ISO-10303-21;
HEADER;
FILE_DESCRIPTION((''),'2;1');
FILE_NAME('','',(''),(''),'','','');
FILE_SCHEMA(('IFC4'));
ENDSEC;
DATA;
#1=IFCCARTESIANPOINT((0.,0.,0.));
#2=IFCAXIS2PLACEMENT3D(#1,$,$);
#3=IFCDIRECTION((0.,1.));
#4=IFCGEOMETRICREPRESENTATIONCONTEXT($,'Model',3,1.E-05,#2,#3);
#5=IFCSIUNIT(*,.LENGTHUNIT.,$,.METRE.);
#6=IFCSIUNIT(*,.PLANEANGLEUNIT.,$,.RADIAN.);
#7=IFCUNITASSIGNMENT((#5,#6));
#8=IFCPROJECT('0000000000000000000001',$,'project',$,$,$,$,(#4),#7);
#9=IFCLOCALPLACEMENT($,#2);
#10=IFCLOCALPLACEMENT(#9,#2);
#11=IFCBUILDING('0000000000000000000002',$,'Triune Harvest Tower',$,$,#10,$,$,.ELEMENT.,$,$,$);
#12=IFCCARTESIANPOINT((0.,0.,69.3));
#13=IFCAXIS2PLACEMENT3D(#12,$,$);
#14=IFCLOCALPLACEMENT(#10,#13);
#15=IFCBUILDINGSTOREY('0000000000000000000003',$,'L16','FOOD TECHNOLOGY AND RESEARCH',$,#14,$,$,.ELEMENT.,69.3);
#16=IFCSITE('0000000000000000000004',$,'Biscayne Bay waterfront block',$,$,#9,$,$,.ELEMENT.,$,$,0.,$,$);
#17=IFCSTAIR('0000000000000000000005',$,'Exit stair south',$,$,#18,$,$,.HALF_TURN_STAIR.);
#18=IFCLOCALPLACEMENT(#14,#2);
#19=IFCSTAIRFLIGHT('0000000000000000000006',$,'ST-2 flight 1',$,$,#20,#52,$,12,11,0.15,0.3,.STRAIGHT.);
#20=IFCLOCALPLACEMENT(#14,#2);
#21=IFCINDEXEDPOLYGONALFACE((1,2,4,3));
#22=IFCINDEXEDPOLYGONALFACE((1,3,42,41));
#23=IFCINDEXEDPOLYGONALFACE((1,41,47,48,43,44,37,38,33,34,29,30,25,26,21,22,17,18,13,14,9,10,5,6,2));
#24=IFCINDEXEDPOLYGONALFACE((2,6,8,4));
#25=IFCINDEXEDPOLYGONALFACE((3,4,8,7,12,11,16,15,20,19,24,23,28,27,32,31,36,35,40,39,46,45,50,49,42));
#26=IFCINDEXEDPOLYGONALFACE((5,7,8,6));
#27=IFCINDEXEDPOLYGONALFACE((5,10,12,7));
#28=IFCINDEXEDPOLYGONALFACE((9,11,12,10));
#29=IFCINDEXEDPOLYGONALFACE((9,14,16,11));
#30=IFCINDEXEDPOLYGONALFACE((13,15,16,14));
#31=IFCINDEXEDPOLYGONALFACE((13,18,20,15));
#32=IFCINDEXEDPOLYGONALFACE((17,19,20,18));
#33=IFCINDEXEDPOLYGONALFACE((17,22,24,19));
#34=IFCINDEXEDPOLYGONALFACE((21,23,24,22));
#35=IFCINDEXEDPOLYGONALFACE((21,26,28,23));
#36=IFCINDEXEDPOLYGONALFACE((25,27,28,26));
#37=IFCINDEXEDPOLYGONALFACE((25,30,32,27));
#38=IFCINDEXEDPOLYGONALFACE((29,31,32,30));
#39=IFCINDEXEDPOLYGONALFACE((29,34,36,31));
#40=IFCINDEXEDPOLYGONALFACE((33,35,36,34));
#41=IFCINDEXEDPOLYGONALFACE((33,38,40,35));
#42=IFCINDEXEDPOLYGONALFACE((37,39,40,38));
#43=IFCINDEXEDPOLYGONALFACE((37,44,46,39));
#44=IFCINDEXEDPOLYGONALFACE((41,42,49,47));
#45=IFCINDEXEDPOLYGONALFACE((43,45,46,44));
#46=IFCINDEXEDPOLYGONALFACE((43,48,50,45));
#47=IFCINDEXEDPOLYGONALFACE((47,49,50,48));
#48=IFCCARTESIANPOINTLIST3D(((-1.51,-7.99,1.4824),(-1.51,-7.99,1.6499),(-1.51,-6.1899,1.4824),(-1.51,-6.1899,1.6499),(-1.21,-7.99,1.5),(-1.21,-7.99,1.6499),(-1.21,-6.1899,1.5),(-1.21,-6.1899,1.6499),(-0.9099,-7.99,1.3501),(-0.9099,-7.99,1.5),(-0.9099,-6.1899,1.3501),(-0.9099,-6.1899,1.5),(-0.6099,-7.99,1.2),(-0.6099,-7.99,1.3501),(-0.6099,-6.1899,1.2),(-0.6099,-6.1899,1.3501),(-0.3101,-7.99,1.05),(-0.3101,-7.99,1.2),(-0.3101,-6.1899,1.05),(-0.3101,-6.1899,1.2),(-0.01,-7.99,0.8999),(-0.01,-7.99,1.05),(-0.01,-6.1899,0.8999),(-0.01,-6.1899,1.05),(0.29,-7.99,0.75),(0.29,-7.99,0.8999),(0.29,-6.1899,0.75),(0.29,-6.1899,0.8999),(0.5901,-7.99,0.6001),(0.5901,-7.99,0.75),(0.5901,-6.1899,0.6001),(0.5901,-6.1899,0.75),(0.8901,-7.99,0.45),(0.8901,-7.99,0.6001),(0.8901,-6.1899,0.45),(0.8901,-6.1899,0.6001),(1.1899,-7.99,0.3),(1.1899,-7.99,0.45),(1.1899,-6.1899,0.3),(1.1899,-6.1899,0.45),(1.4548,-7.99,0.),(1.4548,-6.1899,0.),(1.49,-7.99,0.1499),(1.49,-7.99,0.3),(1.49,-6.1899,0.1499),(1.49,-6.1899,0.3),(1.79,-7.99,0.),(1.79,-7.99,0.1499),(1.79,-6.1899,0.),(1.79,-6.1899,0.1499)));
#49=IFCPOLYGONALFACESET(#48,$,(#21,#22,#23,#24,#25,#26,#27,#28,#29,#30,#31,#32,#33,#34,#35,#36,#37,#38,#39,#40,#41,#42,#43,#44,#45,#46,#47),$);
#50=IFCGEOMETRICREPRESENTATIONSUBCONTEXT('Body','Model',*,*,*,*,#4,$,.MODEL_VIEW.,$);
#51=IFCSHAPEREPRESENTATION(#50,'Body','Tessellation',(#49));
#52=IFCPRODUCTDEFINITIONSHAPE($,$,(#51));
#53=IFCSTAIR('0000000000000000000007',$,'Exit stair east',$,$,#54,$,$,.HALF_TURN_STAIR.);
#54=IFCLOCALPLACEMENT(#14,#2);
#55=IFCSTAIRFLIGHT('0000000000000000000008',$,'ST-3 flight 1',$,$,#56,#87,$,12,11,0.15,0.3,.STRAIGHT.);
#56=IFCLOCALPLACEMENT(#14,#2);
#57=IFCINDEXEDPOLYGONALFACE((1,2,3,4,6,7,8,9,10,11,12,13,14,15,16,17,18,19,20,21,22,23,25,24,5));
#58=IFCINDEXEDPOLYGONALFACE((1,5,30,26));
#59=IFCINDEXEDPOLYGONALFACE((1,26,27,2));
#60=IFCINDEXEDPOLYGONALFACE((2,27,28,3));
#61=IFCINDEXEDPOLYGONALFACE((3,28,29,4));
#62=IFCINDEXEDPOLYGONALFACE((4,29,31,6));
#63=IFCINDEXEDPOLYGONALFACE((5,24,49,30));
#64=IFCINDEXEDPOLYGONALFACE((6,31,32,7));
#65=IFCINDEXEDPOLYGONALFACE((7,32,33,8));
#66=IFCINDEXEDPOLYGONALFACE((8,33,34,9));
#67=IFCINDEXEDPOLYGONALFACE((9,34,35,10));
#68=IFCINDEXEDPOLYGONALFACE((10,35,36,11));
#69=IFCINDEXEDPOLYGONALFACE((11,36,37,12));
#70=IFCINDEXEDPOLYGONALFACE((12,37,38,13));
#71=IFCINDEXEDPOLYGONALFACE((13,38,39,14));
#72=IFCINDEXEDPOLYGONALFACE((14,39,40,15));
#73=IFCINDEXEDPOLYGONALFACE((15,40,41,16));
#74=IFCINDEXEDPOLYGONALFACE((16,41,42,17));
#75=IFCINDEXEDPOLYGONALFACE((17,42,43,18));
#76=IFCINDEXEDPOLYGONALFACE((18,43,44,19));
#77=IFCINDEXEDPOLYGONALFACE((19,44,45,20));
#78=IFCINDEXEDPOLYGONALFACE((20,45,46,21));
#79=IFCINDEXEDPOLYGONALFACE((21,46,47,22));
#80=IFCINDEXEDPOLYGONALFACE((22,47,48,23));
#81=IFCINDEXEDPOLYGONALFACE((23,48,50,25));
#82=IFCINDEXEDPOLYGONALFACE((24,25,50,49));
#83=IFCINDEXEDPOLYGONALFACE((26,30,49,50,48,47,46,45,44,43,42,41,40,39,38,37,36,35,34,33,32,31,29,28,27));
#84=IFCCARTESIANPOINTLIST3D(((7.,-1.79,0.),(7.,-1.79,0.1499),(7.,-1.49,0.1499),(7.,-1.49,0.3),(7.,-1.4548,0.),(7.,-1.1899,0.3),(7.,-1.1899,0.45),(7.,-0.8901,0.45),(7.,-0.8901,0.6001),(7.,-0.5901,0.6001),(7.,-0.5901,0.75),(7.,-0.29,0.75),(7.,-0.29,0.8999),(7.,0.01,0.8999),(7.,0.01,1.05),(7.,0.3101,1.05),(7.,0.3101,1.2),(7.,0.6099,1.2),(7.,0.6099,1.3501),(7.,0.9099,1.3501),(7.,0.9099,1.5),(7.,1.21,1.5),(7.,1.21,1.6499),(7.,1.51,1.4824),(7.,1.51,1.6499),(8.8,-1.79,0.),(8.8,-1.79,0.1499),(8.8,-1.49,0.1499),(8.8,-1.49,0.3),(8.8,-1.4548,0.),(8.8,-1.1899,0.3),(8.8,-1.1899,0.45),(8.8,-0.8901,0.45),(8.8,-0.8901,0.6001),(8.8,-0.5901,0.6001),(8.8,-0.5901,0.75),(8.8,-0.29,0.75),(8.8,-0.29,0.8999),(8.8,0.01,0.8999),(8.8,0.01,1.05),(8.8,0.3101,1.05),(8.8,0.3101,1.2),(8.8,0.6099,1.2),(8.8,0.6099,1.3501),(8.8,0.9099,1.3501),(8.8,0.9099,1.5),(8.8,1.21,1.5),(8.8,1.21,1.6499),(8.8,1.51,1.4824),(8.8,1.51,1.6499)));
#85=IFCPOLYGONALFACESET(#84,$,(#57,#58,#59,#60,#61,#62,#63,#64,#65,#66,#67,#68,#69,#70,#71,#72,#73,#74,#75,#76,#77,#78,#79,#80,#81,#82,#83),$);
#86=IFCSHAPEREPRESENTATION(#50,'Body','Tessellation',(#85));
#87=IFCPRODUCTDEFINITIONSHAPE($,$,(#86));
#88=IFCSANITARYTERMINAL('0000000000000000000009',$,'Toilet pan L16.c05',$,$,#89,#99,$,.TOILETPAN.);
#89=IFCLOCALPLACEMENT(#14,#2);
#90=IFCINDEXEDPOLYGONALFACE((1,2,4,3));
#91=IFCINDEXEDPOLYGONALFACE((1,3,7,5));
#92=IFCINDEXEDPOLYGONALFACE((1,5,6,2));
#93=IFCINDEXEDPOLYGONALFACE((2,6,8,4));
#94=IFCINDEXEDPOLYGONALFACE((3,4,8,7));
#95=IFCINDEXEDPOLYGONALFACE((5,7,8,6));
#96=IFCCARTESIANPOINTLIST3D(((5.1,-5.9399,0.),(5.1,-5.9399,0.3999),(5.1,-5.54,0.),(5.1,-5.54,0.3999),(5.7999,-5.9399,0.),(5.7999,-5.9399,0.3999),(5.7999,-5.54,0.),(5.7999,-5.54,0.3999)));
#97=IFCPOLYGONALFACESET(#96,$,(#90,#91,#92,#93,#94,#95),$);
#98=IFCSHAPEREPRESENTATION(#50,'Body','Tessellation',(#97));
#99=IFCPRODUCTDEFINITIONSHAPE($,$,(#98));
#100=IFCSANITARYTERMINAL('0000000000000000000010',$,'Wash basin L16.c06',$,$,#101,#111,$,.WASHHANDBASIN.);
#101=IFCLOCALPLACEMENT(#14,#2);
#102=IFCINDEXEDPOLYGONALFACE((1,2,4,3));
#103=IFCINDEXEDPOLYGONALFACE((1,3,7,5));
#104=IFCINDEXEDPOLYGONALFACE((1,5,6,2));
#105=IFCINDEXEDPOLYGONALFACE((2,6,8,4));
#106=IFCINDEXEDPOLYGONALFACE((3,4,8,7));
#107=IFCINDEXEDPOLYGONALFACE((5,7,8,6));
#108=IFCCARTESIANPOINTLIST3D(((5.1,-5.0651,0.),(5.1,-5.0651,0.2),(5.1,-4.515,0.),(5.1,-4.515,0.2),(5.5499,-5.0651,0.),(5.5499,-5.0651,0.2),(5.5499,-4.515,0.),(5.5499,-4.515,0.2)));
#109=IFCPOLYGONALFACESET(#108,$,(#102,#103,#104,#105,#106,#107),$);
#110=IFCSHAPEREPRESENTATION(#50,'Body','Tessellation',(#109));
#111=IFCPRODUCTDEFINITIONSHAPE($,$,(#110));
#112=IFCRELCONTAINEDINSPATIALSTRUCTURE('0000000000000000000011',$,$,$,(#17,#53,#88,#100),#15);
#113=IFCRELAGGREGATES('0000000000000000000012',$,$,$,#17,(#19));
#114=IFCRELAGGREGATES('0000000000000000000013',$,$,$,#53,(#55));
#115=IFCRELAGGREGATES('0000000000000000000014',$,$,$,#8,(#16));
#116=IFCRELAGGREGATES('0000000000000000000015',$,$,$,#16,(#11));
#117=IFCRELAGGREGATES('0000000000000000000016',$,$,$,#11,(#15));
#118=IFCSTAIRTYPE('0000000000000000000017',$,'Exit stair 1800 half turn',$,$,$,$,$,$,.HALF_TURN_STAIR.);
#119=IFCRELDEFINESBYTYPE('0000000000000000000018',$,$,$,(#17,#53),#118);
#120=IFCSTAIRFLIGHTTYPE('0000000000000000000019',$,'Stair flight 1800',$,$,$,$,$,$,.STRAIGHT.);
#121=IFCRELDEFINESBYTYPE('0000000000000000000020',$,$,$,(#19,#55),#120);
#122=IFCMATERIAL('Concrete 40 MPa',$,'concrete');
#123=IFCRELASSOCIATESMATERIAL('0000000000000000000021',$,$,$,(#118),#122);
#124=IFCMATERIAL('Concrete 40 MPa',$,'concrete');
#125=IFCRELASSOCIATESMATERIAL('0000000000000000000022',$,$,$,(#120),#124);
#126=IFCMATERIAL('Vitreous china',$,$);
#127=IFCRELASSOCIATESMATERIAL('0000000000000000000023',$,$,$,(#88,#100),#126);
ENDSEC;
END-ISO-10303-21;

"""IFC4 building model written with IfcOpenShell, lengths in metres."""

from ifc_helpers import new_model, si_unit, direction, frame, origin, origin_2d, place, context, subcontext, project, spatial, polyline, rectangle, outline, extrude, source, transform, mapped, material, type_object, element, aggregate, save


model = new_model("IFC4")

# Units and contexts
model_context = context("Model", 3, precision=1e-05, world=origin(), true_north=direction((0.0, 1.0)))
body_context = subcontext(model_context, "Body", "Model", "MODEL_VIEW")
ifc_project = project(units=[si_unit("LENGTHUNIT", "METRE"), si_unit("PLANEANGLEUNIT", "RADIAN")], contexts=[model_context])

# Site, building, storey
site_placement = place(None, origin())
site = spatial("IfcSite", under=ifc_project, at=site_placement, Name="Biscayne Bay waterfront block", CompositionType="ELEMENT", RefElevation=0.0)
building_placement = place(site_placement, origin())
building = spatial("IfcBuilding", under=site, at=building_placement, Name="Triune Harvest Tower", CompositionType="ELEMENT")
storey_placement = place(building_placement, frame((0.0, 0.0, 69.3)))
storey = spatial("IfcBuildingStorey", under=building, at=storey_placement, Name="L16", Description="FOOD TECHNOLOGY AND RESEARCH", CompositionType="ELEMENT", Elevation=69.3)

# Stairs, stair flights
ifc_material_1 = material(Name="Concrete 40 MPa", Category="concrete")
stair_type = type_object("IfcStairType", Name="Exit stair 1800 half turn", PredefinedType="HALF_TURN_STAIR", material=ifc_material_1)
stair_1_placement = place(storey_placement, origin())
stair_1 = element("IfcStair", 1, at=stair_1_placement, inside=storey, type_object=stair_type, Name="Exit stair south", PredefinedType="HALF_TURN_STAIR")
ifc_material_2 = material(Name="Concrete 40 MPa", Category="concrete")
stair_flight_type = type_object("IfcStairFlightType", Name="Stair flight 1800", PredefinedType="STRAIGHT", material=ifc_material_2)
shared_shape_1 = source(origin(), body_context, "Body", "SweptSolid", [
    extrude(outline(polyline([(0.0, 0.0), (0.0, 0.1499), (0.3, 0.1499), (0.3, 0.3), (0.6001, 0.3), (0.6001, 0.45), (0.8999, 0.45), (0.8999, 0.6001), (1.2, 0.6001), (1.2, 0.75), (1.5, 0.75), (1.5, 0.8999), (1.8, 0.8999), (1.8, 1.05), (2.1001, 1.05), (2.1001, 1.2), (2.3999, 1.2), (2.3999, 1.3501), (2.7, 1.3501), (2.7, 1.5), (3.0, 1.5), (3.0, 1.6499), (3.3, 1.6499), (3.3, 1.8), (3.3, 1.4824), (0.3352, 0.0), (0.0, 0.0)])), frame((0.0, 0.8999, 0.0), z_axis=(0.0, -1.0, 0.0), x_axis=(1.0, 0.0, 0.0)), (0.0, 0.0, 1.0), 1.8),
])
stair_flight_1_placement = place(storey_placement, frame((1.79, -7.0901, 0.0), z_axis=(0.0, 0.0, 1.0), x_axis=(-1.0, 0.0, 0.0)))
stair_flight_1 = element("IfcStairFlight", 2, at=stair_flight_1_placement, type_object=stair_flight_type, Name="ST-2 flight 1", NumberOfRisers=12, NumberOfTreads=11, PredefinedType="STRAIGHT", RiserHeight=0.15, TreadLength=0.3, context=body_context, shape_type="MappedRepresentation", body=[
    mapped(shared_shape_1, transform((0.0, 0.0, 0.0), scale=1.0)),
])
aggregate(stair_1, [stair_flight_1])
stair_2_placement = place(storey_placement, origin())
stair_2 = element("IfcStair", 3, at=stair_2_placement, inside=storey, type_object=stair_type, Name="Exit stair east", PredefinedType="HALF_TURN_STAIR")
stair_flight_2_placement = place(storey_placement, frame((7.8999, -1.79, 0.0), z_axis=(0.0, 0.0, 1.0), x_axis=(0.0, 1.0, 0.0)))
stair_flight_2 = element("IfcStairFlight", 4, at=stair_flight_2_placement, type_object=stair_flight_type, Name="ST-3 flight 1", NumberOfRisers=12, NumberOfTreads=11, PredefinedType="STRAIGHT", RiserHeight=0.15, TreadLength=0.3, context=body_context, shape_type="MappedRepresentation", body=[
    mapped(shared_shape_1, transform((0.0, 0.0, 0.0), scale=1.0)),
])
aggregate(stair_2, [stair_flight_2])

# Sanitary terminals
ifc_material_3 = material(Name="Vitreous china")
shared_shape_2 = source(origin(), body_context, "Body", "SweptSolid", [
    extrude(rectangle(XDim=0.3999, YDim=0.7, at=origin_2d()), origin(), (0.0, 0.0, 1.0), 0.3999),
])
sanitary_terminal_1_placement = place(storey_placement, frame((5.45, -5.74, 0.0), z_axis=(0.0, 0.0, 1.0), x_axis=(0.0, 1.0, 0.0)))
element("IfcSanitaryTerminal", 5, at=sanitary_terminal_1_placement, inside=storey, material=ifc_material_3, Name="Toilet pan L16.c05", PredefinedType="TOILETPAN", context=body_context, shape_type="MappedRepresentation", body=[
    mapped(shared_shape_2, transform((0.0, 0.0, 0.0), scale=1.0)),
])
shared_shape_3 = source(origin(), body_context, "Body", "SweptSolid", [
    extrude(rectangle(XDim=0.55, YDim=0.45, at=origin_2d()), origin(), (0.0, 0.0, 1.0), 0.2),
])
sanitary_terminal_2_placement = place(storey_placement, frame((5.325, -4.79, 0.0), z_axis=(0.0, 0.0, 1.0), x_axis=(0.0, 1.0, 0.0)))
element("IfcSanitaryTerminal", 6, at=sanitary_terminal_2_placement, inside=storey, material=ifc_material_3, Name="Wash basin L16.c06", PredefinedType="WASHHANDBASIN", context=body_context, shape_type="MappedRepresentation", body=[
    mapped(shared_shape_3, transform((0.0, 0.0, 0.0), scale=1.0)),
])

save(model, "model.ifc")
